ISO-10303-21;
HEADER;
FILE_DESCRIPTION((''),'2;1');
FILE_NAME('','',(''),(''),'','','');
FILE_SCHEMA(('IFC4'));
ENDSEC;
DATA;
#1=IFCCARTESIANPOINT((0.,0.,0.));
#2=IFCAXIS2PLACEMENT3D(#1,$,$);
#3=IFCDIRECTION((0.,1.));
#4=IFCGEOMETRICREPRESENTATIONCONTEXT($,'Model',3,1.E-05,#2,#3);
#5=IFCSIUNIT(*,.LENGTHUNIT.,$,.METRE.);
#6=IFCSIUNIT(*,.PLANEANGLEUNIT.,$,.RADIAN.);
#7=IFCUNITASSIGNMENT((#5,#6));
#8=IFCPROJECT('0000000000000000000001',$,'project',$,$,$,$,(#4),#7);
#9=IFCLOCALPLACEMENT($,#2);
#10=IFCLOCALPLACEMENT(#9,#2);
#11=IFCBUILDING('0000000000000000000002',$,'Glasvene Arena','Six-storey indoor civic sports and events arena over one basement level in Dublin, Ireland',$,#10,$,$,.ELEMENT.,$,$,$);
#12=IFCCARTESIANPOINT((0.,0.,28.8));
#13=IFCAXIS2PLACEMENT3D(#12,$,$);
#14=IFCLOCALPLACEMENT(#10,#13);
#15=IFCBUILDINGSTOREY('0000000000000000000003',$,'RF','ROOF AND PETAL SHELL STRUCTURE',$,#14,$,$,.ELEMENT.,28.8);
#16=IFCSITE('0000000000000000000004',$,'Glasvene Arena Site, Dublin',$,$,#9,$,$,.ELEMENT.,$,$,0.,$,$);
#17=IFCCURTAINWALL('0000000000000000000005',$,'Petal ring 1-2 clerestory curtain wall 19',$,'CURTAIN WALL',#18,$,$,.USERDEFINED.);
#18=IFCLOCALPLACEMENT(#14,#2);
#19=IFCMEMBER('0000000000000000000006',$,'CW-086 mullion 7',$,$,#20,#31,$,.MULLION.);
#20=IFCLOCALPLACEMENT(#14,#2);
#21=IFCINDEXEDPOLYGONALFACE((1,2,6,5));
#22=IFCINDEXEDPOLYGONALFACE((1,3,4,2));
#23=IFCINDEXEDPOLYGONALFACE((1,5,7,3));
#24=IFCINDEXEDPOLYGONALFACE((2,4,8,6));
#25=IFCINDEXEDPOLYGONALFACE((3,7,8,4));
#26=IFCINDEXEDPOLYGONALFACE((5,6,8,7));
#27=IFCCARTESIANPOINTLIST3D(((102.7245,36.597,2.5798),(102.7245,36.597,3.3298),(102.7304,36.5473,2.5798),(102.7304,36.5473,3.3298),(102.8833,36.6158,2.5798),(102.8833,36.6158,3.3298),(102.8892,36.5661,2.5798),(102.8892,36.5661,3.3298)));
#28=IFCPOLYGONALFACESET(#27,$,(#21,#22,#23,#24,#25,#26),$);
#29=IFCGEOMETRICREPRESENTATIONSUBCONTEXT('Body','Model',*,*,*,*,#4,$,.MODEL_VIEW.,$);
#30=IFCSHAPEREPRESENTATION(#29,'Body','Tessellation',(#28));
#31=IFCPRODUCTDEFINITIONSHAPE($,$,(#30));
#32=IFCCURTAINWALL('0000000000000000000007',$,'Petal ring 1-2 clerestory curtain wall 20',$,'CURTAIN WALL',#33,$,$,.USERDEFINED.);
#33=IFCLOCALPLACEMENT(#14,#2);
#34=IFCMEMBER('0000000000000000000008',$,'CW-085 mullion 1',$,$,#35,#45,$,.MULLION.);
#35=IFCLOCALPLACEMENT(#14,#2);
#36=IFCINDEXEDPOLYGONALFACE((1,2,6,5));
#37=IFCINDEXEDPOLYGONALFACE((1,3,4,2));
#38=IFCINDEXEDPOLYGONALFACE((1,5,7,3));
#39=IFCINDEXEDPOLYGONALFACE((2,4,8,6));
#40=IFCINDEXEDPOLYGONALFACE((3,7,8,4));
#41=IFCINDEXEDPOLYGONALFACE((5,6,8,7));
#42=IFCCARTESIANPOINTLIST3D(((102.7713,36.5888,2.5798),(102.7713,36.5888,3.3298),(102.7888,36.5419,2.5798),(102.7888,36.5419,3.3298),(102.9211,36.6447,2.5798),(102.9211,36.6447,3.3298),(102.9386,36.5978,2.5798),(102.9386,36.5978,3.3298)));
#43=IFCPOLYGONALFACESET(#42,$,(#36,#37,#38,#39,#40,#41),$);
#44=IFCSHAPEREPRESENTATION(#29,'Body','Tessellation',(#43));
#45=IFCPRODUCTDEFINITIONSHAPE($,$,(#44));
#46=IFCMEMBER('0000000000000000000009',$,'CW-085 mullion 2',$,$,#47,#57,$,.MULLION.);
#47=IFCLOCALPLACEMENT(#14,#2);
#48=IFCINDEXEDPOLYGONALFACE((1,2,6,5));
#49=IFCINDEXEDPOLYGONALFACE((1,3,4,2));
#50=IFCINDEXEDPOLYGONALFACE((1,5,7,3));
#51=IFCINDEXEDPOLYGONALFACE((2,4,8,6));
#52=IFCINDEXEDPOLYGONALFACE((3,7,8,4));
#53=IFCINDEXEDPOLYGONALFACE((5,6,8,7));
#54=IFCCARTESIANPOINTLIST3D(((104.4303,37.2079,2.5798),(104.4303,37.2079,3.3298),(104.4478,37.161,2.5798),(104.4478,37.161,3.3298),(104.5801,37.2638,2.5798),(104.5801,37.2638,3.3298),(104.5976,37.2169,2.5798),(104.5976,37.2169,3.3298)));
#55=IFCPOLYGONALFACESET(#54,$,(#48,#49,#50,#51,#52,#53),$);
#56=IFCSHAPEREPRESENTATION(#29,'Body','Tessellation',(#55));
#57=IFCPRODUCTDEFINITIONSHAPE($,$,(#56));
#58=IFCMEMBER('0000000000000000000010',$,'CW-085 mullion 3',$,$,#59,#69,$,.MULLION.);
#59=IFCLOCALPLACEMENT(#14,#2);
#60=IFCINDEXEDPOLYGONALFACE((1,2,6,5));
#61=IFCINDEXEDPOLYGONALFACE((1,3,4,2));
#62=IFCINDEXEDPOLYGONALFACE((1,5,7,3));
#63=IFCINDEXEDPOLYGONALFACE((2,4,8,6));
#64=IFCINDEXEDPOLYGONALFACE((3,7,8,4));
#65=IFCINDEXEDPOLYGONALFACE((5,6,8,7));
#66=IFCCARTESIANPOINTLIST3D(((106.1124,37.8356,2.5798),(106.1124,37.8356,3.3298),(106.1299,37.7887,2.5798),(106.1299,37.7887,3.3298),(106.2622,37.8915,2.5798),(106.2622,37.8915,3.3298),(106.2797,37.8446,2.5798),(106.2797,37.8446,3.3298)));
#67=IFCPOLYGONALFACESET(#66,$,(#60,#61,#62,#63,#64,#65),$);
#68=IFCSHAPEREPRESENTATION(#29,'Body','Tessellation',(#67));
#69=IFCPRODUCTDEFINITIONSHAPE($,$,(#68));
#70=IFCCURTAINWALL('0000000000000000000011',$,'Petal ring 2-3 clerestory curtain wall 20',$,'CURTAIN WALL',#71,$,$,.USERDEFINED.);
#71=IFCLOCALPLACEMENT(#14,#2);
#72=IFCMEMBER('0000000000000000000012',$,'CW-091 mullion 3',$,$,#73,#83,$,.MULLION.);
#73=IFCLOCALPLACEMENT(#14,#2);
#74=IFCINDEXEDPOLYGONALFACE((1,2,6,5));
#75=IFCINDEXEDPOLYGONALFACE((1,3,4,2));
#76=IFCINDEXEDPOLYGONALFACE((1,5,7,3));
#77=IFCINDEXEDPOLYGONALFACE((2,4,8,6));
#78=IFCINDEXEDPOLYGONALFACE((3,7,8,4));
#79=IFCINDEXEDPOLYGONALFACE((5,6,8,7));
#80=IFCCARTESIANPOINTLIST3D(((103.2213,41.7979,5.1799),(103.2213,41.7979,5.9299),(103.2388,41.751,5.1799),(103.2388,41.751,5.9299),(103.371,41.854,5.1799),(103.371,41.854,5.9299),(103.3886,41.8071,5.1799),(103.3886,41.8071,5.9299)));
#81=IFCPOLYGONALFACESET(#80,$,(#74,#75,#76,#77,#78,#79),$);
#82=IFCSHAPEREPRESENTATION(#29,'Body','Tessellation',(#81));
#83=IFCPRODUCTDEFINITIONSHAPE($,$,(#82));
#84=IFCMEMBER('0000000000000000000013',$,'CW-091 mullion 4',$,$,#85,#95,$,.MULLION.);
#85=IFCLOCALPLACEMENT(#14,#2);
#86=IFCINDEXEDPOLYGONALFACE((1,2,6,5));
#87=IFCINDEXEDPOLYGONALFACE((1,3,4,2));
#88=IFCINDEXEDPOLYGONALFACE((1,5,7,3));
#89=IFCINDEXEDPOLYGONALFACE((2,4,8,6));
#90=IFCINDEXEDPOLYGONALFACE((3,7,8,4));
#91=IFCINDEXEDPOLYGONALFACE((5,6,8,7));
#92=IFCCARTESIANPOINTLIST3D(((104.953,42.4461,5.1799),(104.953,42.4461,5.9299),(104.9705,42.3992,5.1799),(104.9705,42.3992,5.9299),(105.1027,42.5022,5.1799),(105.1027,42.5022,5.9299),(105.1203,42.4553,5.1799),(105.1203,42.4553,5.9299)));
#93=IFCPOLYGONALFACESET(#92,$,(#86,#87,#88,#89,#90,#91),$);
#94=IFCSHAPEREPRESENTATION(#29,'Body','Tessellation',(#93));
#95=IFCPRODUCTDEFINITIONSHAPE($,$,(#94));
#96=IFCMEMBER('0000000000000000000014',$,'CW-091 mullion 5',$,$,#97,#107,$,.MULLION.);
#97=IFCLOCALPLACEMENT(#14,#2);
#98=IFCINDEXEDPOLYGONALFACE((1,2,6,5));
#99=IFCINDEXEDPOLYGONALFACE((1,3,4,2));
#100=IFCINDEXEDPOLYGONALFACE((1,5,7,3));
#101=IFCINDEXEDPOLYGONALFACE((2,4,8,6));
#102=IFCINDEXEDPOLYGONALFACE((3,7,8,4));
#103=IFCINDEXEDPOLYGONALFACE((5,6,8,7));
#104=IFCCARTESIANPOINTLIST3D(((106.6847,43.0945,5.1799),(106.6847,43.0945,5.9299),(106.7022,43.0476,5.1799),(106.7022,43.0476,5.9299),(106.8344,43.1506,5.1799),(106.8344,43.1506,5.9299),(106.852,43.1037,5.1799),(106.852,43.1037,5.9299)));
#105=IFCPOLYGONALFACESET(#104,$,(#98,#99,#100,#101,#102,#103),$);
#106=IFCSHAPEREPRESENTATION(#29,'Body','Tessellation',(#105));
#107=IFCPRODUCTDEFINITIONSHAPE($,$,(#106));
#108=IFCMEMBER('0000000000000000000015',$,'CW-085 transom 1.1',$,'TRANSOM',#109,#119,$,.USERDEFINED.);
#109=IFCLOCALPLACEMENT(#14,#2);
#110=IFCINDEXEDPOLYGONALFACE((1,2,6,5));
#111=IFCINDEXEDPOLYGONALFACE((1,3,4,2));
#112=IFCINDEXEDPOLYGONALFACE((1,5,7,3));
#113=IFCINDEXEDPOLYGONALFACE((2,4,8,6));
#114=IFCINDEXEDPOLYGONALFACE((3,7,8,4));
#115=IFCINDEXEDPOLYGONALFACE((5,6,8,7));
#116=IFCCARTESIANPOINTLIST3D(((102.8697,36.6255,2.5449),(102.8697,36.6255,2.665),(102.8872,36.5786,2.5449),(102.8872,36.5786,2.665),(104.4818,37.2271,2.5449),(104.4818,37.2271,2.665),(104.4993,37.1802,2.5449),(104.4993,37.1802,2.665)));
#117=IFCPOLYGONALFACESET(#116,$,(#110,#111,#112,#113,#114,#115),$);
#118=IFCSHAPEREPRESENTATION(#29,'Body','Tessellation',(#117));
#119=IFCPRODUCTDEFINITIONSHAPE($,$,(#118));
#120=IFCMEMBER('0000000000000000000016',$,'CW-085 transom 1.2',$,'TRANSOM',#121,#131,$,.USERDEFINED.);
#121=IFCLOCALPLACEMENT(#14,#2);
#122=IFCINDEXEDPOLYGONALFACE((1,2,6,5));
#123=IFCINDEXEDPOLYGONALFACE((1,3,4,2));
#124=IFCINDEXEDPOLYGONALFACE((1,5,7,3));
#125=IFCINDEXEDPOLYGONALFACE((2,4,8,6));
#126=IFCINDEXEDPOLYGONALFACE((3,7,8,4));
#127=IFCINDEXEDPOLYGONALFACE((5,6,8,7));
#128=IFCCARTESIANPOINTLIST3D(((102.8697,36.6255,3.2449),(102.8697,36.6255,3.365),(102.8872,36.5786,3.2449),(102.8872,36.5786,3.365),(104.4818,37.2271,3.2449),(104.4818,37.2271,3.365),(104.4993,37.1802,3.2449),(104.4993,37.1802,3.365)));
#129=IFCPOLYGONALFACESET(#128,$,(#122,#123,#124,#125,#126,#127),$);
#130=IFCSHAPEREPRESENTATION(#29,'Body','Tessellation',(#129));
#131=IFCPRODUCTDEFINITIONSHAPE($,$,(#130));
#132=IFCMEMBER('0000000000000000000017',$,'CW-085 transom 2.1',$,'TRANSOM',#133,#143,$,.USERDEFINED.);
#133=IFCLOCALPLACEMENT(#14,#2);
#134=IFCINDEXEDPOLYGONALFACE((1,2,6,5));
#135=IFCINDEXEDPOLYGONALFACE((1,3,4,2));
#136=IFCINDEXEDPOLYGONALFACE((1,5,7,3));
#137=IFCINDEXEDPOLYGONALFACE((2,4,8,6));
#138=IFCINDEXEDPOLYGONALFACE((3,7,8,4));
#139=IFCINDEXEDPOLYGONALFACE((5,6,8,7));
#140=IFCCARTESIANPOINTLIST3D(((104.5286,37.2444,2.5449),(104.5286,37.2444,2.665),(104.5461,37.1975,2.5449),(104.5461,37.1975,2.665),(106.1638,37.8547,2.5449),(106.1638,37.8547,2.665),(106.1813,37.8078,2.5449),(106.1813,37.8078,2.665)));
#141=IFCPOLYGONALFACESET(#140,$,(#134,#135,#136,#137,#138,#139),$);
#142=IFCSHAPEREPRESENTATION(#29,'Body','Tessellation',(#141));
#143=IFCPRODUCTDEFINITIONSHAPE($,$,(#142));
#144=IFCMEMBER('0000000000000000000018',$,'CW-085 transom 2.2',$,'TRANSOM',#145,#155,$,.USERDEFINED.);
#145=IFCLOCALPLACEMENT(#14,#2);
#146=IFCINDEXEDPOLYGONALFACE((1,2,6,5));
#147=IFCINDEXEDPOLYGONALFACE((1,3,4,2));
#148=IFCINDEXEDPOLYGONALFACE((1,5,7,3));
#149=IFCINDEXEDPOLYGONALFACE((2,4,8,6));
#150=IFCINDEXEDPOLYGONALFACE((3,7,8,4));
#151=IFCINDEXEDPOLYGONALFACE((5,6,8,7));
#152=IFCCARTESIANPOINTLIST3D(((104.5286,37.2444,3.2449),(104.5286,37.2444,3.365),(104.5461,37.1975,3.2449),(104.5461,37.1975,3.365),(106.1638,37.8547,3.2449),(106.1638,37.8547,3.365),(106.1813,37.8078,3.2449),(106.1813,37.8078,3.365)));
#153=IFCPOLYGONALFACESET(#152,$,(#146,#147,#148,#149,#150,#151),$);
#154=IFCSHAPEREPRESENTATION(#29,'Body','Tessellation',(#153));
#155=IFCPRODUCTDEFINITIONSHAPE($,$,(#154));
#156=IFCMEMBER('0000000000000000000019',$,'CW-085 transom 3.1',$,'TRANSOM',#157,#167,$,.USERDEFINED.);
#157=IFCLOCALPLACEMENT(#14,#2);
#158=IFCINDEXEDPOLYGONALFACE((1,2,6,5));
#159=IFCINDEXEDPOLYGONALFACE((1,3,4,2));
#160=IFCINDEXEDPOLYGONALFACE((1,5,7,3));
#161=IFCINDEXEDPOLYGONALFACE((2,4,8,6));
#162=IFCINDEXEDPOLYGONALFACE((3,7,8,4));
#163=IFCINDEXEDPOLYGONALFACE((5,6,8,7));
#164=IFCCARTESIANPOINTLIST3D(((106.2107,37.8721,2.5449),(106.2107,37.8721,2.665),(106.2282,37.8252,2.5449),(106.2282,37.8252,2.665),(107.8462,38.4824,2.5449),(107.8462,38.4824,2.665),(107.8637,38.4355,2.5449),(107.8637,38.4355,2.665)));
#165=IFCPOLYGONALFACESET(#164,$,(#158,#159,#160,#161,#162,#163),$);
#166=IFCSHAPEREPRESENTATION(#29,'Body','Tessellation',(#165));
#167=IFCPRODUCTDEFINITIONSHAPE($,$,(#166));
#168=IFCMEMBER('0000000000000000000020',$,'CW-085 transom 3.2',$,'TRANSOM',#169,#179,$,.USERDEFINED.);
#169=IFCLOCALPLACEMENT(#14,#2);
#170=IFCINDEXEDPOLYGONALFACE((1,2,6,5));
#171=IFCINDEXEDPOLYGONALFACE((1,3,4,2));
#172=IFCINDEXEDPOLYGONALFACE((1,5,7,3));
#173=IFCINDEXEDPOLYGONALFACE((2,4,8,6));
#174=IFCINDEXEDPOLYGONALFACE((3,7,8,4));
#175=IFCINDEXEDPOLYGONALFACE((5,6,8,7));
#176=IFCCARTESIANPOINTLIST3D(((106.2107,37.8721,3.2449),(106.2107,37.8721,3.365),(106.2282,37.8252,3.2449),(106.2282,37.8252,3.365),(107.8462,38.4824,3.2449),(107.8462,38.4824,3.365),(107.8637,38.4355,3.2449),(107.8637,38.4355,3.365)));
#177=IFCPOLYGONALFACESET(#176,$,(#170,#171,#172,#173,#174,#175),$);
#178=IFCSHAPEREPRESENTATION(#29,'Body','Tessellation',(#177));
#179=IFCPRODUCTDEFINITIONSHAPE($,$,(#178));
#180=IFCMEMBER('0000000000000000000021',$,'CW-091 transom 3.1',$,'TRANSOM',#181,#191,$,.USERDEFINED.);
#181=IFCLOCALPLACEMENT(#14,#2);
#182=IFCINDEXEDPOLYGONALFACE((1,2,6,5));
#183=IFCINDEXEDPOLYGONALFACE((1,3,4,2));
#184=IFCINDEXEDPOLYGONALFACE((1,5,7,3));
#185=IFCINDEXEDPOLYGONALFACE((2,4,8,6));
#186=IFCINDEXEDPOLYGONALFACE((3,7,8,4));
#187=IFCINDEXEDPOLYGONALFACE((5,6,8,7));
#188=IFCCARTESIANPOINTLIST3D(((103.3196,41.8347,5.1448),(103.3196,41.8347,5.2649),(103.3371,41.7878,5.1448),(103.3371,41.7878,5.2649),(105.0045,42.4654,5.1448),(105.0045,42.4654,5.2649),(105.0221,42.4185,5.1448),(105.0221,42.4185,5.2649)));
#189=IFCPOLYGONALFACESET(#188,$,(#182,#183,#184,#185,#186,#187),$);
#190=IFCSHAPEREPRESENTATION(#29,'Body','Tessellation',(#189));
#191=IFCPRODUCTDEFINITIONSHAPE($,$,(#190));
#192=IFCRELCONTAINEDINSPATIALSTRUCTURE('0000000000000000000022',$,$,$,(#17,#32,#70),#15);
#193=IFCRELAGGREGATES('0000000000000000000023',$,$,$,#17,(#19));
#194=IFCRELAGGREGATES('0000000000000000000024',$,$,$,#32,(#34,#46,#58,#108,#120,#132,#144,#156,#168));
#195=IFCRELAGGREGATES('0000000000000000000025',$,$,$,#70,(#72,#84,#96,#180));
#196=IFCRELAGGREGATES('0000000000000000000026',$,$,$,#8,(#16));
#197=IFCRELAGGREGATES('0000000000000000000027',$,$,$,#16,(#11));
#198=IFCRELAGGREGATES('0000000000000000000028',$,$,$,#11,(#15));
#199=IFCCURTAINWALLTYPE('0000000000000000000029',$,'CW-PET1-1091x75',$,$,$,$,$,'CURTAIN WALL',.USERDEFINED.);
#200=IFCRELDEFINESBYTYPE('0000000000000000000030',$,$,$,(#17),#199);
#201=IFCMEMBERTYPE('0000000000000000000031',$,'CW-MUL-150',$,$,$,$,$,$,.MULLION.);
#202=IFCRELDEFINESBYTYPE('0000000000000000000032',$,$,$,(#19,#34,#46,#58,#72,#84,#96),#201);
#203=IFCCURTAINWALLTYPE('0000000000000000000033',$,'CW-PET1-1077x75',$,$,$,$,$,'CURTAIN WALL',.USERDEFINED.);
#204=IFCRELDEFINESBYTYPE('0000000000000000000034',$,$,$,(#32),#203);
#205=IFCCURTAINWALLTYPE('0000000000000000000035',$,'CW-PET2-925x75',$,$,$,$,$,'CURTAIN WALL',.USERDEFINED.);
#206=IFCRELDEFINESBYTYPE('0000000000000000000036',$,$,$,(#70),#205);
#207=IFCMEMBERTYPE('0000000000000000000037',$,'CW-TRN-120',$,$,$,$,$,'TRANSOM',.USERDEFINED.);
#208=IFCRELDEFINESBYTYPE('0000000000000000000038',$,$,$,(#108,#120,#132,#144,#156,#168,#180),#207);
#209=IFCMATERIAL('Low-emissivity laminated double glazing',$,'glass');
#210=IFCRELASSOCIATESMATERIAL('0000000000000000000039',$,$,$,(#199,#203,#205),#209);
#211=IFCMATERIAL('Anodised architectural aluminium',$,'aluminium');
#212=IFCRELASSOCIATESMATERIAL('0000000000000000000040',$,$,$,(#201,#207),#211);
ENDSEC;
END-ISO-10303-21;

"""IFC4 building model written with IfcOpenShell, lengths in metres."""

from ifc_helpers import new_model, si_unit, direction, frame, origin, origin_2d, place, context, subcontext, project, spatial, rectangle, extrude, material, material_profile, profile_set, type_object, element, aggregate, save


model = new_model("IFC4")

# Units and contexts
model_context = context("Model", 3, precision=1e-05, world=origin(), true_north=direction((0.0, 1.0)))
body_context = subcontext(model_context, "Body", "Model", "MODEL_VIEW")
ifc_project = project(units=[si_unit("LENGTHUNIT", "METRE"), si_unit("PLANEANGLEUNIT", "RADIAN")], contexts=[model_context])

# Site, building, storey
site_placement = place(None, origin())
site = spatial("IfcSite", under=ifc_project, at=site_placement, Name="Glasvene Arena Site, Dublin", CompositionType="ELEMENT", RefElevation=0.0)
building_placement = place(site_placement, origin())
building = spatial("IfcBuilding", under=site, at=building_placement, Name="Glasvene Arena", Description="Six-storey indoor civic sports and events arena over one basement level in Dublin, Ireland", CompositionType="ELEMENT")
storey_placement = place(building_placement, frame((0.0, 0.0, 28.8)))
storey = spatial("IfcBuildingStorey", under=building, at=storey_placement, Name="RF", Description="ROOF AND PETAL SHELL STRUCTURE", CompositionType="ELEMENT", Elevation=28.8)

# Curtain wall, member
ifc_material_1 = material(Name="Low-emissivity laminated double glazing", Category="glass")
curtain_wall_type_1 = type_object("IfcCurtainWallType", Name="CW-PET1-1091x75", ElementType="CURTAIN WALL", PredefinedType="USERDEFINED", material=ifc_material_1)
curtain_wall_1_placement = place(storey_placement, frame((92.0, 35.3, 0.0)))
curtain_wall_1 = element("IfcCurtainWall", 1, at=curtain_wall_1_placement, inside=storey, type_object=curtain_wall_type_1, Name="Petal ring 1-2 clerestory curtain wall 19", ObjectType="CURTAIN WALL", PredefinedType="USERDEFINED")
ifc_material_2 = material(Name="Anodised architectural aluminium", Category="aluminium")
ifc_material_profile_1 = material_profile(ifc_material_2, rectangle(XDim=0.05, YDim=0.1599, at=origin_2d()), Name="ALU MULLION 50x160")
ifc_profile_set_1 = profile_set([ifc_material_profile_1], Name="Anodised architectural aluminium")
member_type_1 = type_object("IfcMemberType", Name="CW-MUL-150", PredefinedType="MULLION", material=ifc_profile_set_1)
member_1_placement = place(storey_placement, frame((102.8069, 36.5815, 2.5798), z_axis=(0.0, 0.0, 1.0), x_axis=(-0.117772, 0.993041, 0.0)))
member_1 = element("IfcMember", 2, at=member_1_placement, type_object=member_type_1, Name="CW-086 mullion 7", PredefinedType="MULLION", context=body_context, shape_type="SweptSolid", body=[
    extrude(rectangle(XDim=0.05, YDim=0.1599, at=origin_2d()), origin(), (0.0, 0.0, 1.0), 0.75),
])

# Curtain walls, members
curtain_wall_type_2 = type_object("IfcCurtainWallType", Name="CW-PET1-1077x75", ElementType="CURTAIN WALL", PredefinedType="USERDEFINED", material=ifc_material_1)
curtain_wall_2_placement = place(storey_placement, frame((102.8315, 36.5847, 0.0)))
curtain_wall_2 = element("IfcCurtainWall", 3, at=curtain_wall_2_placement, inside=storey, type_object=curtain_wall_type_2, Name="Petal ring 1-2 clerestory curtain wall 20", ObjectType="CURTAIN WALL", PredefinedType="USERDEFINED")
member_2_placement = place(storey_placement, frame((102.855, 36.5933, 2.5798), z_axis=(0.0, 0.0, 1.0), x_axis=(-0.349591, 0.936902, 0.0)))
member_2 = element("IfcMember", 4, at=member_2_placement, type_object=member_type_1, Name="CW-085 mullion 1", PredefinedType="MULLION", context=body_context, shape_type="SweptSolid", body=[
    extrude(rectangle(XDim=0.05, YDim=0.1599, at=origin_2d()), origin(), (0.0, 0.0, 1.0), 0.75),
])
member_3_placement = place(storey_placement, frame((104.5139, 37.2124, 2.5798), z_axis=(0.0, 0.0, 1.0), x_axis=(-0.349591, 0.936902, 0.0)))
member_3 = element("IfcMember", 5, at=member_3_placement, type_object=member_type_1, Name="CW-085 mullion 2", PredefinedType="MULLION", context=body_context, shape_type="SweptSolid", body=[
    extrude(rectangle(XDim=0.05, YDim=0.1599, at=origin_2d()), origin(), (0.0, 0.0, 1.0), 0.75),
])
member_4_placement = place(storey_placement, frame((106.196, 37.8401, 2.5798), z_axis=(0.0, 0.0, 1.0), x_axis=(-0.349591, 0.936902, 0.0)))
member_4 = element("IfcMember", 6, at=member_4_placement, type_object=member_type_1, Name="CW-085 mullion 3", PredefinedType="MULLION", context=body_context, shape_type="SweptSolid", body=[
    extrude(rectangle(XDim=0.05, YDim=0.1599, at=origin_2d()), origin(), (0.0, 0.0, 1.0), 0.75),
])
curtain_wall_type_3 = type_object("IfcCurtainWallType", Name="CW-PET2-925x75", ElementType="CURTAIN WALL", PredefinedType="USERDEFINED", material=ifc_material_1)
curtain_wall_3_placement = place(storey_placement, frame((99.8416, 40.5056, 0.0)))
curtain_wall_3 = element("IfcCurtainWall", 7, at=curtain_wall_3_placement, inside=storey, type_object=curtain_wall_type_3, Name="Petal ring 2-3 clerestory curtain wall 20", ObjectType="CURTAIN WALL", PredefinedType="USERDEFINED")
member_5_placement = place(storey_placement, frame((103.3049, 41.8025, 5.1799), z_axis=(0.0, 0.0, 1.0), x_axis=(-0.35064, 0.93651, 0.0)))
member_5 = element("IfcMember", 8, at=member_5_placement, type_object=member_type_1, Name="CW-091 mullion 3", PredefinedType="MULLION", context=body_context, shape_type="SweptSolid", body=[
    extrude(rectangle(XDim=0.05, YDim=0.1599, at=origin_2d()), origin(), (0.0, 0.0, 1.0), 0.75),
])
member_6_placement = place(storey_placement, frame((105.0366, 42.4507, 5.1799), z_axis=(0.0, 0.0, 1.0), x_axis=(-0.35064, 0.93651, 0.0)))
member_6 = element("IfcMember", 9, at=member_6_placement, type_object=member_type_1, Name="CW-091 mullion 4", PredefinedType="MULLION", context=body_context, shape_type="SweptSolid", body=[
    extrude(rectangle(XDim=0.05, YDim=0.1599, at=origin_2d()), origin(), (0.0, 0.0, 1.0), 0.75),
])
member_7_placement = place(storey_placement, frame((106.7683, 43.0991, 5.1799), z_axis=(0.0, 0.0, 1.0), x_axis=(-0.35064, 0.93651, 0.0)))
member_7 = element("IfcMember", 10, at=member_7_placement, type_object=member_type_1, Name="CW-091 mullion 5", PredefinedType="MULLION", context=body_context, shape_type="SweptSolid", body=[
    extrude(rectangle(XDim=0.05, YDim=0.1599, at=origin_2d()), origin(), (0.0, 0.0, 1.0), 0.75),
])

# Members
ifc_material_profile_2 = material_profile(ifc_material_2, rectangle(XDim=0.05, YDim=0.1201, at=origin_2d()), Name="ALU TRANSOM 50x120")
ifc_profile_set_2 = profile_set([ifc_material_profile_2], Name="Anodised architectural aluminium")
member_type_2 = type_object("IfcMemberType", Name="CW-TRN-120", ElementType="TRANSOM", PredefinedType="USERDEFINED", material=ifc_profile_set_2)
member_8_placement = place(storey_placement, frame((102.8784, 36.6021, 2.605), z_axis=(0.936894, 0.349615, 0.0), x_axis=(-0.349615, 0.936894, 0.0)))
member_8 = element("IfcMember", 11, at=member_8_placement, type_object=member_type_2, Name="CW-085 transom 1.1", ObjectType="TRANSOM", PredefinedType="USERDEFINED", context=body_context, shape_type="SweptSolid", body=[
    extrude(rectangle(XDim=0.05, YDim=0.1201, at=origin_2d()), origin(), (0.0, 0.0, 1.0), 1.7207),
])
member_9_placement = place(storey_placement, frame((102.8784, 36.6021, 3.3049), z_axis=(0.936894, 0.349615, 0.0), x_axis=(-0.349615, 0.936894, 0.0)))
member_9 = element("IfcMember", 12, at=member_9_placement, type_object=member_type_2, Name="CW-085 transom 1.2", ObjectType="TRANSOM", PredefinedType="USERDEFINED", context=body_context, shape_type="SweptSolid", body=[
    extrude(rectangle(XDim=0.05, YDim=0.1201, at=origin_2d()), origin(), (0.0, 0.0, 1.0), 1.7207),
])
member_10_placement = place(storey_placement, frame((104.5374, 37.2209, 2.605), z_axis=(0.936868, 0.349682, 0.0), x_axis=(-0.349682, 0.936868, 0.0)))
member_10 = element("IfcMember", 13, at=member_10_placement, type_object=member_type_2, Name="CW-085 transom 2.1", ObjectType="TRANSOM", PredefinedType="USERDEFINED", context=body_context, shape_type="SweptSolid", body=[
    extrude(rectangle(XDim=0.05, YDim=0.1201, at=origin_2d()), origin(), (0.0, 0.0, 1.0), 1.7454),
])
member_11_placement = place(storey_placement, frame((104.5374, 37.2209, 3.3049), z_axis=(0.936868, 0.349682, 0.0), x_axis=(-0.349682, 0.936868, 0.0)))
member_11 = element("IfcMember", 14, at=member_11_placement, type_object=member_type_2, Name="CW-085 transom 2.2", ObjectType="TRANSOM", PredefinedType="USERDEFINED", context=body_context, shape_type="SweptSolid", body=[
    extrude(rectangle(XDim=0.05, YDim=0.1201, at=origin_2d()), origin(), (0.0, 0.0, 1.0), 1.7454),
])
member_12_placement = place(storey_placement, frame((106.2195, 37.8486, 2.605), z_axis=(0.936885, 0.349636, 0.0), x_axis=(-0.349636, 0.936885, 0.0)))
member_12 = element("IfcMember", 15, at=member_12_placement, type_object=member_type_2, Name="CW-085 transom 3.1", ObjectType="TRANSOM", PredefinedType="USERDEFINED", context=body_context, shape_type="SweptSolid", body=[
    extrude(rectangle(XDim=0.05, YDim=0.1201, at=origin_2d()), origin(), (0.0, 0.0, 1.0), 1.7456),
])
member_13_placement = place(storey_placement, frame((106.2195, 37.8486, 3.3049), z_axis=(0.936885, 0.349636, 0.0), x_axis=(-0.349636, 0.936885, 0.0)))
member_13 = element("IfcMember", 16, at=member_13_placement, type_object=member_type_2, Name="CW-085 transom 3.2", ObjectType="TRANSOM", PredefinedType="USERDEFINED", context=body_context, shape_type="SweptSolid", body=[
    extrude(rectangle(XDim=0.05, YDim=0.1201, at=origin_2d()), origin(), (0.0, 0.0, 1.0), 1.7456),
])
member_14_placement = place(storey_placement, frame((103.3284, 41.8113, 5.2048), z_axis=(0.936547, 0.350543, 0.0), x_axis=(-0.350543, 0.936547, 0.0)))
member_14 = element("IfcMember", 17, at=member_14_placement, type_object=member_type_2, Name="CW-091 transom 3.1", ObjectType="TRANSOM", PredefinedType="USERDEFINED", context=body_context, shape_type="SweptSolid", body=[
    extrude(rectangle(XDim=0.05, YDim=0.1201, at=origin_2d()), origin(), (0.0, 0.0, 1.0), 1.7991),
])

aggregate(curtain_wall_1, [member_1])
aggregate(curtain_wall_2, [member_2, member_3, member_4, member_8, member_9, member_10, member_11, member_12, member_13])
aggregate(curtain_wall_3, [member_5, member_6, member_7, member_14])

save(model, "model.ifc")
